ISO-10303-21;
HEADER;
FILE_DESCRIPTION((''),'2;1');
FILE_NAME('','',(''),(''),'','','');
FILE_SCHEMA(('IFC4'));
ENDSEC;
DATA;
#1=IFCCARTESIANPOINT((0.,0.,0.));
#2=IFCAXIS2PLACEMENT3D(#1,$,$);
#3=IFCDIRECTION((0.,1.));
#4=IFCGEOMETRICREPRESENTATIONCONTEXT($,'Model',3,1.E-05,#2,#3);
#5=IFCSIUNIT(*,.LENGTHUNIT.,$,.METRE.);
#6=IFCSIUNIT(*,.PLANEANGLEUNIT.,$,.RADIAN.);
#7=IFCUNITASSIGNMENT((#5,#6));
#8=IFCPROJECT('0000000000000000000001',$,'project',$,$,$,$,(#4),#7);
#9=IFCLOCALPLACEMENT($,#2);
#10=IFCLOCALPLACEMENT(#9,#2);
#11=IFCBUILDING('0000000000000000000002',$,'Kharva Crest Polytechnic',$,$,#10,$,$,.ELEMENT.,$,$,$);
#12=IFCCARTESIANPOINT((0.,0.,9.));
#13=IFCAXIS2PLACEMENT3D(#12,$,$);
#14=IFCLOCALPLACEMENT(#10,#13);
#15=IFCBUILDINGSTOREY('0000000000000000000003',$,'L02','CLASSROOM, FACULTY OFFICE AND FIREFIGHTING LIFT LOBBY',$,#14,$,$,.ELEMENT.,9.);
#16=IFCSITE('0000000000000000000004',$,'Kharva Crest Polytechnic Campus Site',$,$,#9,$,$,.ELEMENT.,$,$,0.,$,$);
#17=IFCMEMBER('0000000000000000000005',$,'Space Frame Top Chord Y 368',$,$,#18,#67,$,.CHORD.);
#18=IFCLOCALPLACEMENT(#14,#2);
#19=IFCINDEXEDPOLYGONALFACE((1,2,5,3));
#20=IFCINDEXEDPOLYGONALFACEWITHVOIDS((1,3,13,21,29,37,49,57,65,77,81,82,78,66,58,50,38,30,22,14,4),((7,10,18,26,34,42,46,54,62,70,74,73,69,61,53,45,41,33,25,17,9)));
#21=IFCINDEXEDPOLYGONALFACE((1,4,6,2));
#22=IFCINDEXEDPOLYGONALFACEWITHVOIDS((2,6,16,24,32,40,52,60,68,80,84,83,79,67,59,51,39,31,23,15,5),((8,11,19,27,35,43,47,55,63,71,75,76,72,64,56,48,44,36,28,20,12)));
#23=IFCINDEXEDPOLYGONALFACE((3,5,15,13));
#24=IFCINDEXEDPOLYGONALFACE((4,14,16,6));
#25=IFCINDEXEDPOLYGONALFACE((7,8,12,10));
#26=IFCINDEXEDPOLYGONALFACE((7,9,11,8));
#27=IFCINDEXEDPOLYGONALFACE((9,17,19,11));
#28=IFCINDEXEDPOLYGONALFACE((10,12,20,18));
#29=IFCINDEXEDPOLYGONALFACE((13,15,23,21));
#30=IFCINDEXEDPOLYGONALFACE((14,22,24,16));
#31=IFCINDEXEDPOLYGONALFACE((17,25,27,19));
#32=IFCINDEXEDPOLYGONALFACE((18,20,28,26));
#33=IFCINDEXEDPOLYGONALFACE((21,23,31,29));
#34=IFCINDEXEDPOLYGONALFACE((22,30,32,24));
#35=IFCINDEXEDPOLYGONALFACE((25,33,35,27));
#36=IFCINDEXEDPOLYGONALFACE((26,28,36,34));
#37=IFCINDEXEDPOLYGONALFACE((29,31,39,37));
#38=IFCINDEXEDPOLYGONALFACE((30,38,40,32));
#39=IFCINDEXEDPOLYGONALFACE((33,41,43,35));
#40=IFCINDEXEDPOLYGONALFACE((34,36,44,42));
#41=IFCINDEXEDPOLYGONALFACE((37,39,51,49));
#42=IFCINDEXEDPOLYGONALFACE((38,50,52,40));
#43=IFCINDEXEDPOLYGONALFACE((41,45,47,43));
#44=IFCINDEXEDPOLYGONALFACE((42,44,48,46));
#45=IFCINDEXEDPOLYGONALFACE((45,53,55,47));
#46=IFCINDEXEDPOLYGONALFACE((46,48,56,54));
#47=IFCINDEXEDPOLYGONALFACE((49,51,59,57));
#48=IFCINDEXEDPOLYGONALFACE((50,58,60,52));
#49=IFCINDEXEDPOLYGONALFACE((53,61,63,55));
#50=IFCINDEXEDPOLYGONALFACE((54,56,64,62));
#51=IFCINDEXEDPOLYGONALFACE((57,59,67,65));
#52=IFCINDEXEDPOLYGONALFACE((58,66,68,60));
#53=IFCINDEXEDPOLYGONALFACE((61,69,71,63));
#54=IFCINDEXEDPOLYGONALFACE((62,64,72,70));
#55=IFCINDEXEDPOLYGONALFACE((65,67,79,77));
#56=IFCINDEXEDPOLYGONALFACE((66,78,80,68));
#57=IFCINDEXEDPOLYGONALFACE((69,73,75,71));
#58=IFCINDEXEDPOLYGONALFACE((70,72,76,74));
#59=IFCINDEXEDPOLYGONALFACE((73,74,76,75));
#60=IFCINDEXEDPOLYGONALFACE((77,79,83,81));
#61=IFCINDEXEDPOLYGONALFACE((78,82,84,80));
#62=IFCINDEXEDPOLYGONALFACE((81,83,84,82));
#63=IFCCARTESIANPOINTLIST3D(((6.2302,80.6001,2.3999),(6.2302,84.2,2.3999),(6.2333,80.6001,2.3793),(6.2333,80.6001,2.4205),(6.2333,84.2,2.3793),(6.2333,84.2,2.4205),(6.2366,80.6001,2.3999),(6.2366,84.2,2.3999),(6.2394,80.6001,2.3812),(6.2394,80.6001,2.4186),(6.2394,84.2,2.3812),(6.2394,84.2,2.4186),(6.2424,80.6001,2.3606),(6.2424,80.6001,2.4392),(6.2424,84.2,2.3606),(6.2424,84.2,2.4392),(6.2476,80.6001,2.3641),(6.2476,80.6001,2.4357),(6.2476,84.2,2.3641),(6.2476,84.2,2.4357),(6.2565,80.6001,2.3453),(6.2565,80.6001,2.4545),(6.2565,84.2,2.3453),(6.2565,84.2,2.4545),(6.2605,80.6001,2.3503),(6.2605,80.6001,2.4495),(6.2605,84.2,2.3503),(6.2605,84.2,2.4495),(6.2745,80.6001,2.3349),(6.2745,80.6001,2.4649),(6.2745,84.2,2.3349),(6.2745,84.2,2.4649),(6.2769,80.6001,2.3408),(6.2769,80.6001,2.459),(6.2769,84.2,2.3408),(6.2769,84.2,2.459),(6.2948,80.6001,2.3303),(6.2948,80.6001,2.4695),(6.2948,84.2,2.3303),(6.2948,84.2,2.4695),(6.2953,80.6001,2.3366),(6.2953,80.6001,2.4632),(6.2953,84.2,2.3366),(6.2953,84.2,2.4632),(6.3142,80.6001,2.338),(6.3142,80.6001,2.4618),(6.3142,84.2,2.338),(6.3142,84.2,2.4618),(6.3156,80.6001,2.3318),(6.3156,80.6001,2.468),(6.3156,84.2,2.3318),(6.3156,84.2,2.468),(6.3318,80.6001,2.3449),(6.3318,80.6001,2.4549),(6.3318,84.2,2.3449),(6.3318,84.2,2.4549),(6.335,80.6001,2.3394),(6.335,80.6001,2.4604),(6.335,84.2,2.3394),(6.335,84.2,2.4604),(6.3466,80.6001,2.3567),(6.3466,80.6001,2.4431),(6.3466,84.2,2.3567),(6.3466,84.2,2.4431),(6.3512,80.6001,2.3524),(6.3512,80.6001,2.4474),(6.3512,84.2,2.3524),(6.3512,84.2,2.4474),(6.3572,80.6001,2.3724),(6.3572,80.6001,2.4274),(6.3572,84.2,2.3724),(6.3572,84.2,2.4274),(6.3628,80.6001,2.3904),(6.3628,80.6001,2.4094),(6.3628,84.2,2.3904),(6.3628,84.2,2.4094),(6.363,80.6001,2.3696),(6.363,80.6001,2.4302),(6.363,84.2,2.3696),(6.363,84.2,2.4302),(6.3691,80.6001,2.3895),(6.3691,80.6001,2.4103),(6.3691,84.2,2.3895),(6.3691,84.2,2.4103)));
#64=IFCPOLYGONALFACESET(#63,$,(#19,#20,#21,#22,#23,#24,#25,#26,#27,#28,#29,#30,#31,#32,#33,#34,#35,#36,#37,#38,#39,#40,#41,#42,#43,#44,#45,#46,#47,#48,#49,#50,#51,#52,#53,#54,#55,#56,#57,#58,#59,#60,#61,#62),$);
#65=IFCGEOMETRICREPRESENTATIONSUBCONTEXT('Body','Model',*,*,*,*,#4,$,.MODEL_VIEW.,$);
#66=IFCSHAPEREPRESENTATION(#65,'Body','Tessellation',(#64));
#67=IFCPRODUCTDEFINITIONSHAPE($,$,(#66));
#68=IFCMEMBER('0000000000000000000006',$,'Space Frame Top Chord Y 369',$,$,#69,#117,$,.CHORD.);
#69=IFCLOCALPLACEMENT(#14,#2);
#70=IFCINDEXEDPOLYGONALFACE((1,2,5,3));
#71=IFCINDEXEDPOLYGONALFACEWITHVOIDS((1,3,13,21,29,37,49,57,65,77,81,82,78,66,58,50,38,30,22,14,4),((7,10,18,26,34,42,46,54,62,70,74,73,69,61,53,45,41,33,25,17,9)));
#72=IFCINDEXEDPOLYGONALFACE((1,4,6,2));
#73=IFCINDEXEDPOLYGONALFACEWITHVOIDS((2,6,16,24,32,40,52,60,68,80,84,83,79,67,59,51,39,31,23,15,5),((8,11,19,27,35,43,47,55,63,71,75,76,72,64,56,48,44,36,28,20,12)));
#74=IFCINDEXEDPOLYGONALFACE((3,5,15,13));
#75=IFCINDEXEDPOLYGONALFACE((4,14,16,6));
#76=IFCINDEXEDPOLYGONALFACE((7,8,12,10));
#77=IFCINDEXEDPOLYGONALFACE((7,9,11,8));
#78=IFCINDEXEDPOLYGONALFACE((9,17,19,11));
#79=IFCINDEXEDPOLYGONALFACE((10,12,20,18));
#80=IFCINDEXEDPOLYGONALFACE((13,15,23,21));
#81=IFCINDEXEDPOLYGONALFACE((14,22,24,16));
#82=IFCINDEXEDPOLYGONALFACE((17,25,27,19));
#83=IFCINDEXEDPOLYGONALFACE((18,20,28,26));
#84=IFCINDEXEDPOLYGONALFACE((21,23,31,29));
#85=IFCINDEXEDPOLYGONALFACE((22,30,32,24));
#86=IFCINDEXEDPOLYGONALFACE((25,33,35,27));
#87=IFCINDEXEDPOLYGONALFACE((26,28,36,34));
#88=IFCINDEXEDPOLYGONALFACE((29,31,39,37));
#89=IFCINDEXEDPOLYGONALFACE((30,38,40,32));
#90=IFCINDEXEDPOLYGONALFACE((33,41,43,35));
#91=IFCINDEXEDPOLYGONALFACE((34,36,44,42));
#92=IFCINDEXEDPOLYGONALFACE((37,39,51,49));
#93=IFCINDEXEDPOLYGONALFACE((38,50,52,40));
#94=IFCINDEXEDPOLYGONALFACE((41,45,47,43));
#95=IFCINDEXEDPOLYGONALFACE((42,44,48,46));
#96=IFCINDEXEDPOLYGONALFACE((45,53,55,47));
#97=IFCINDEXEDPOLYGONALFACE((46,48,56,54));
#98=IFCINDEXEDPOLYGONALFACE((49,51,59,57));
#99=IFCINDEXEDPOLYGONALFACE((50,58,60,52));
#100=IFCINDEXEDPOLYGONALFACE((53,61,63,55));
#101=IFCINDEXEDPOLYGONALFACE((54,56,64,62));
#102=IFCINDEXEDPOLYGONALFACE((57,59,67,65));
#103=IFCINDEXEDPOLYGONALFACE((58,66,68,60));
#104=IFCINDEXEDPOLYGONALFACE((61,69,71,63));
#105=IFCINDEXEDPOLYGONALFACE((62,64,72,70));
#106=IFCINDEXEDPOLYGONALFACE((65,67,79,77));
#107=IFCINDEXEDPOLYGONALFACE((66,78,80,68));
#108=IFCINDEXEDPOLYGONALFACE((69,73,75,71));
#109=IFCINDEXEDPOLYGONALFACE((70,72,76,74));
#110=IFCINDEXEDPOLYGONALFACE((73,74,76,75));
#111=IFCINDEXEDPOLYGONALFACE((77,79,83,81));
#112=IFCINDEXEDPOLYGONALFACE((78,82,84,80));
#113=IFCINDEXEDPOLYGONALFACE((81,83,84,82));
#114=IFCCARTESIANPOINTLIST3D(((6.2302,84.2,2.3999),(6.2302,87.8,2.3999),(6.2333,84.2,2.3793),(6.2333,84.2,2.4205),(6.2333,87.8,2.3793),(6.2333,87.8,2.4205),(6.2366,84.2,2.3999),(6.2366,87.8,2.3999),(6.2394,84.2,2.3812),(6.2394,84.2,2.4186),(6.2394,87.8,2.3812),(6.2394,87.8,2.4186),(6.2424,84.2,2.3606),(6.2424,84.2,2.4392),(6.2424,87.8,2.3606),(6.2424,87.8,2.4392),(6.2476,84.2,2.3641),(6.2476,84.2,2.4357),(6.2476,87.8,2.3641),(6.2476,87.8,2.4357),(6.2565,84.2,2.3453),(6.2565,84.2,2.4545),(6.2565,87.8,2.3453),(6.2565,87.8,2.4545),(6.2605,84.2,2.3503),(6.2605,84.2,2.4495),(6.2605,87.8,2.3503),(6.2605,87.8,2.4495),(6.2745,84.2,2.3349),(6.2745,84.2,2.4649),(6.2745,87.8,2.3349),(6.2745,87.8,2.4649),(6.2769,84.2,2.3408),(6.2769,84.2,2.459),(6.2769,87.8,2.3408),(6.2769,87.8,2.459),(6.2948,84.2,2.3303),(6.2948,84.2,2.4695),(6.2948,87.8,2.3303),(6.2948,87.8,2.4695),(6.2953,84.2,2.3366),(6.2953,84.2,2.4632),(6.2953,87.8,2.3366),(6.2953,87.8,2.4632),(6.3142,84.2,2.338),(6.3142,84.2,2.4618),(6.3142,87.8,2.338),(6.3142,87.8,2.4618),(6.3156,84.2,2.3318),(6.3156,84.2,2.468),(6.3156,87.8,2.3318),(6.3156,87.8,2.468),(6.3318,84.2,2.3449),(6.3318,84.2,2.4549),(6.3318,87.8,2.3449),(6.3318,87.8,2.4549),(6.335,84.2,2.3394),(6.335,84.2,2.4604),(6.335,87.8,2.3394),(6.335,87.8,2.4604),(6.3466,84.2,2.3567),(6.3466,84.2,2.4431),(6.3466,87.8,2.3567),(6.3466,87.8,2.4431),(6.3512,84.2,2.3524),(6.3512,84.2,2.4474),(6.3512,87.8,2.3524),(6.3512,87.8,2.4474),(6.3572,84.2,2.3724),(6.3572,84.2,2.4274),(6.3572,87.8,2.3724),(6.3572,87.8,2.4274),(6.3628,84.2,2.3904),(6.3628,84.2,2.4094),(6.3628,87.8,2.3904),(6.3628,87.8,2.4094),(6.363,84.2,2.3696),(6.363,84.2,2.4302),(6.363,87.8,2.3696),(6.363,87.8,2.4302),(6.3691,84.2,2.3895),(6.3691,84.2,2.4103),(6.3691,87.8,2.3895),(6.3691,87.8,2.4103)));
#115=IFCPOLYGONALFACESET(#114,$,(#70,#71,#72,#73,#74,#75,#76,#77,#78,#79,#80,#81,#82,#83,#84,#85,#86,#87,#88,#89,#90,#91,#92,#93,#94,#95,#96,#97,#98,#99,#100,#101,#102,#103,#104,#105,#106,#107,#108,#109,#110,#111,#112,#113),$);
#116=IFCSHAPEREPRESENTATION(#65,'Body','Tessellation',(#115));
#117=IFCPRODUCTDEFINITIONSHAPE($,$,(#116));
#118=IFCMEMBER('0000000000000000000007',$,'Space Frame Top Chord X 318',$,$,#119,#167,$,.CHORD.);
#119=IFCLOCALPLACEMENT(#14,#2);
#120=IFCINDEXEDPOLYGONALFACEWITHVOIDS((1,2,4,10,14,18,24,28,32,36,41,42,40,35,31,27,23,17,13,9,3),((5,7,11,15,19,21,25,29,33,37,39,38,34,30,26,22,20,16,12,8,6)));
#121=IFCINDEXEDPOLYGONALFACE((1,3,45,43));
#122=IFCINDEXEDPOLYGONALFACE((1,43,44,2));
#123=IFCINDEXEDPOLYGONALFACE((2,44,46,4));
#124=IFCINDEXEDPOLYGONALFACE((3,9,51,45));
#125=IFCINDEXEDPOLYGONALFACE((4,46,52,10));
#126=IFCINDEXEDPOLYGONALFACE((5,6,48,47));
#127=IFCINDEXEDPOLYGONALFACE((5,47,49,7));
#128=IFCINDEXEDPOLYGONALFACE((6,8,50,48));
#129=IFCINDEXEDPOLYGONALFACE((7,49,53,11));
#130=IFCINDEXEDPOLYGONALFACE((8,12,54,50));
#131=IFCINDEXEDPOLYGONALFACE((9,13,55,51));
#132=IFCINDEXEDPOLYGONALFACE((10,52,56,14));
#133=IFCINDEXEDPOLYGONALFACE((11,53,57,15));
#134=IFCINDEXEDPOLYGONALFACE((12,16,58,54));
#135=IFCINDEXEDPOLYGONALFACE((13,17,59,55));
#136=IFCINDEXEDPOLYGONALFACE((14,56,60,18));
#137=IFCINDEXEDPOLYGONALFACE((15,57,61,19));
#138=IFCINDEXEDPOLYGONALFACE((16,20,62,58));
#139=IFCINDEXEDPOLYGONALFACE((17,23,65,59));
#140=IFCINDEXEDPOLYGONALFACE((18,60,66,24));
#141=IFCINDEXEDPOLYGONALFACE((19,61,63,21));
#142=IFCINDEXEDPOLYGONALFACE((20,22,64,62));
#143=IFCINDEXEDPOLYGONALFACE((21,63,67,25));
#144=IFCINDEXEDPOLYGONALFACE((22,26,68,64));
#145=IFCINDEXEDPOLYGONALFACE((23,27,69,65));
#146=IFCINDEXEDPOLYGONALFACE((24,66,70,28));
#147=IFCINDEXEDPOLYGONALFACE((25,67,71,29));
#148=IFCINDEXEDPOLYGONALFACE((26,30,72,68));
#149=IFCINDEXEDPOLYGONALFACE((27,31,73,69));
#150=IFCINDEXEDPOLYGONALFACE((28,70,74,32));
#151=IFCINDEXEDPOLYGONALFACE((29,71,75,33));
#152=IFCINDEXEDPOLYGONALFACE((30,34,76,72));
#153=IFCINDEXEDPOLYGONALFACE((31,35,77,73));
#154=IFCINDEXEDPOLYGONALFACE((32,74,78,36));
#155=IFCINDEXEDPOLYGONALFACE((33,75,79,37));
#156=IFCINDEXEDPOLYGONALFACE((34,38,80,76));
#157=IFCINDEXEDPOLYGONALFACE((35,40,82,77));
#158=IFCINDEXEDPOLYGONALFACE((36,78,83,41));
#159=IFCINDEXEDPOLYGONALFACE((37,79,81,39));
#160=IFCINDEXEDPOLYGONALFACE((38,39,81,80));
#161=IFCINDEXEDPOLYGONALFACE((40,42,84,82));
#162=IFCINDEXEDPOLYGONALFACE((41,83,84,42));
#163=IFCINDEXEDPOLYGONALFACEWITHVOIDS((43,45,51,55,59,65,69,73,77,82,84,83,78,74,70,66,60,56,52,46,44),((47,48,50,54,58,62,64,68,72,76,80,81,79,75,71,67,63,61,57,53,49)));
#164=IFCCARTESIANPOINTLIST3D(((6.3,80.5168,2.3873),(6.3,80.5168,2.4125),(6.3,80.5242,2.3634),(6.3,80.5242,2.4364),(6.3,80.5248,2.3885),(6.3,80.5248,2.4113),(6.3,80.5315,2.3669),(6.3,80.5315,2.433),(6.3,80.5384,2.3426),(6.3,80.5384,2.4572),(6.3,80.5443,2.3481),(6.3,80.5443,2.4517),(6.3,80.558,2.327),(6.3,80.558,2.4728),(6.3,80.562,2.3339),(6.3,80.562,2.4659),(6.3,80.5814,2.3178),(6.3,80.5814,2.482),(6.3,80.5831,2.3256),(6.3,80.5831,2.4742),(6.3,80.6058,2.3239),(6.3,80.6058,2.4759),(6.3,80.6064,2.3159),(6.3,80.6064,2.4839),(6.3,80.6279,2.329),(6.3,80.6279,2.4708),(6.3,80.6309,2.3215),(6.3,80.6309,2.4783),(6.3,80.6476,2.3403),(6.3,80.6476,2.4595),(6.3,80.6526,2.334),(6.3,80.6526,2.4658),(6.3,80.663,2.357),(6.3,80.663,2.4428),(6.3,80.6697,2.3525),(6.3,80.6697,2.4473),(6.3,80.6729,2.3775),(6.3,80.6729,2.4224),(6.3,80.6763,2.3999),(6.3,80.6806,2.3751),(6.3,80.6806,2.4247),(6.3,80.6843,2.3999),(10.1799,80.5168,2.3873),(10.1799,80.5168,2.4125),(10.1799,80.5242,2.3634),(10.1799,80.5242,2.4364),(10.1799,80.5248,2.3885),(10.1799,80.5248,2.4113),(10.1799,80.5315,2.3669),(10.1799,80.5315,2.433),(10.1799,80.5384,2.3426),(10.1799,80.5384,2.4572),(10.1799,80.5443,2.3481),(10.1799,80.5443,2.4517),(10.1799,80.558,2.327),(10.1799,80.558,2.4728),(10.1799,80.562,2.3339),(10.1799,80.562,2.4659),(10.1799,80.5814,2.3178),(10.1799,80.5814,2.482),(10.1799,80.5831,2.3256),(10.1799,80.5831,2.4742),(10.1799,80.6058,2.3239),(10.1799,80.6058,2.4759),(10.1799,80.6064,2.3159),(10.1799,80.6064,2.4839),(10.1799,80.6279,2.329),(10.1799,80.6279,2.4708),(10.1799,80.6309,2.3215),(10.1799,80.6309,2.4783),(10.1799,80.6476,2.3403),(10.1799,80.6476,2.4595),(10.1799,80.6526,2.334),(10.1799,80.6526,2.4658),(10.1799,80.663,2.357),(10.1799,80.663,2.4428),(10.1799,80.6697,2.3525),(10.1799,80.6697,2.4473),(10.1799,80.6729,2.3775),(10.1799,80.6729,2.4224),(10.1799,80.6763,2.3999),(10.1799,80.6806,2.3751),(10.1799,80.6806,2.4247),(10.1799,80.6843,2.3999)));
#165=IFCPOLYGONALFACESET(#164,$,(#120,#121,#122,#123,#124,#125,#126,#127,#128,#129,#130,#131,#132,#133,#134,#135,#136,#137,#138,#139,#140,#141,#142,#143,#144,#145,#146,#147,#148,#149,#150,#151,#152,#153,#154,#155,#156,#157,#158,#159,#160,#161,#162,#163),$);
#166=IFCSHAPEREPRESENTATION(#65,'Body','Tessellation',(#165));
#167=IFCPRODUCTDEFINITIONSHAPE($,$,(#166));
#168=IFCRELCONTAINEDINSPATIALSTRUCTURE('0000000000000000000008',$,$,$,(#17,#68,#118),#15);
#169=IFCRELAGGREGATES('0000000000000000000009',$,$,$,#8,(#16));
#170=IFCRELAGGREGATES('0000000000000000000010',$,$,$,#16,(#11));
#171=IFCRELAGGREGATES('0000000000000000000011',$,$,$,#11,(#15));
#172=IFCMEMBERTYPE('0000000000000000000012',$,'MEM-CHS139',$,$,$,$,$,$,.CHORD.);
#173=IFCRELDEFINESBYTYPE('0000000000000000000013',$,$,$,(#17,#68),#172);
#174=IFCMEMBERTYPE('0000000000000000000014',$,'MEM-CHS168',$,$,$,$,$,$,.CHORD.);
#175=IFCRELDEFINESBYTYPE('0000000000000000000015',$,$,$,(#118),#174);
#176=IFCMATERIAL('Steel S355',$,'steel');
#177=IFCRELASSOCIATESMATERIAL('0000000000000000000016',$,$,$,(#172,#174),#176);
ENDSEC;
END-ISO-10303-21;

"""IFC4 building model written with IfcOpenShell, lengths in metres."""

from ifc_helpers import new_model, si_unit, direction, frame, origin, origin_2d, place, context, subcontext, project, spatial, hollow_circle, extrude, material, material_profile, profile_set, type_object, element, save


model = new_model("IFC4")

# Units and contexts
model_context = context("Model", 3, precision=1e-05, world=origin(), true_north=direction((0.0, 1.0)))
body_context = subcontext(model_context, "Body", "Model", "MODEL_VIEW")
ifc_project = project(units=[si_unit("LENGTHUNIT", "METRE"), si_unit("PLANEANGLEUNIT", "RADIAN")], contexts=[model_context])

# Site, building, storey
site_placement = place(None, origin())
site = spatial("IfcSite", under=ifc_project, at=site_placement, Name="Kharva Crest Polytechnic Campus Site", CompositionType="ELEMENT", RefElevation=0.0)
building_placement = place(site_placement, origin())
building = spatial("IfcBuilding", under=site, at=building_placement, Name="Kharva Crest Polytechnic", CompositionType="ELEMENT")
storey_placement = place(building_placement, frame((0.0, 0.0, 9.0)))
storey = spatial("IfcBuildingStorey", under=building, at=storey_placement, Name="L02", Description="CLASSROOM, FACULTY OFFICE AND FIREFIGHTING LIFT LOBBY", CompositionType="ELEMENT", Elevation=9.0)

# Shared definitions
ifc_material_1 = material(Name="Steel S355", Category="steel")

# Members
ifc_material_profile_1 = material_profile(ifc_material_1, hollow_circle(Radius=0.0698, WallThickness=0.0063, at=origin_2d()), Name="CHS 139.7X6.3")
ifc_profile_set_1 = profile_set([ifc_material_profile_1], Name="Steel S355")
member_type_1 = type_object("IfcMemberType", Name="MEM-CHS139", PredefinedType="CHORD", material=ifc_profile_set_1)
member_1_placement = place(storey_placement, frame((6.3, 80.6001, 2.3999), z_axis=(0.0, 1.0, 0.0), x_axis=(-1.0, 0.0, 0.0)))
element("IfcMember", 1, at=member_1_placement, inside=storey, type_object=member_type_1, Name="Space Frame Top Chord Y 368", PredefinedType="CHORD", context=body_context, shape_type="SweptSolid", body=[
    extrude(hollow_circle(Radius=0.0698, WallThickness=0.0063, at=origin_2d()), origin(), (0.0, 0.0, 1.0), 3.5999),
])
member_2_placement = place(storey_placement, frame((6.3, 84.2, 2.3999), z_axis=(0.0, 1.0, 0.0), x_axis=(-1.0, 0.0, 0.0)))
element("IfcMember", 2, at=member_2_placement, inside=storey, type_object=member_type_1, Name="Space Frame Top Chord Y 369", PredefinedType="CHORD", context=body_context, shape_type="SweptSolid", body=[
    extrude(hollow_circle(Radius=0.0698, WallThickness=0.0063, at=origin_2d()), origin(), (0.0, 0.0, 1.0), 3.6001),
])
ifc_material_profile_2 = material_profile(ifc_material_1, hollow_circle(Radius=0.0842, WallThickness=0.0081, at=origin_2d()), Name="CHS 168.3X8.0")
ifc_profile_set_2 = profile_set([ifc_material_profile_2], Name="Steel S355")
member_type_2 = type_object("IfcMemberType", Name="MEM-CHS168", PredefinedType="CHORD", material=ifc_profile_set_2)
for number, where, z_axis, x_axis, name in (
    (3, (6.3, 80.6001, 2.3999), (1.0, 0.0, 0.0), (0.0, 1.0, 0.0), "Space Frame Top Chord X 318"),
):
    element("IfcMember", number, at=place(storey_placement, frame(where, z_axis=z_axis, x_axis=x_axis)), inside=storey, type_object=member_type_2, Name=name, PredefinedType="CHORD", context=body_context, shape_type="SweptSolid", body=[
        extrude(hollow_circle(Radius=0.0842, WallThickness=0.0081, at=origin_2d()), origin(), (0.0, 0.0, 1.0), 3.8799),
    ])

save(model, "model.ifc")
